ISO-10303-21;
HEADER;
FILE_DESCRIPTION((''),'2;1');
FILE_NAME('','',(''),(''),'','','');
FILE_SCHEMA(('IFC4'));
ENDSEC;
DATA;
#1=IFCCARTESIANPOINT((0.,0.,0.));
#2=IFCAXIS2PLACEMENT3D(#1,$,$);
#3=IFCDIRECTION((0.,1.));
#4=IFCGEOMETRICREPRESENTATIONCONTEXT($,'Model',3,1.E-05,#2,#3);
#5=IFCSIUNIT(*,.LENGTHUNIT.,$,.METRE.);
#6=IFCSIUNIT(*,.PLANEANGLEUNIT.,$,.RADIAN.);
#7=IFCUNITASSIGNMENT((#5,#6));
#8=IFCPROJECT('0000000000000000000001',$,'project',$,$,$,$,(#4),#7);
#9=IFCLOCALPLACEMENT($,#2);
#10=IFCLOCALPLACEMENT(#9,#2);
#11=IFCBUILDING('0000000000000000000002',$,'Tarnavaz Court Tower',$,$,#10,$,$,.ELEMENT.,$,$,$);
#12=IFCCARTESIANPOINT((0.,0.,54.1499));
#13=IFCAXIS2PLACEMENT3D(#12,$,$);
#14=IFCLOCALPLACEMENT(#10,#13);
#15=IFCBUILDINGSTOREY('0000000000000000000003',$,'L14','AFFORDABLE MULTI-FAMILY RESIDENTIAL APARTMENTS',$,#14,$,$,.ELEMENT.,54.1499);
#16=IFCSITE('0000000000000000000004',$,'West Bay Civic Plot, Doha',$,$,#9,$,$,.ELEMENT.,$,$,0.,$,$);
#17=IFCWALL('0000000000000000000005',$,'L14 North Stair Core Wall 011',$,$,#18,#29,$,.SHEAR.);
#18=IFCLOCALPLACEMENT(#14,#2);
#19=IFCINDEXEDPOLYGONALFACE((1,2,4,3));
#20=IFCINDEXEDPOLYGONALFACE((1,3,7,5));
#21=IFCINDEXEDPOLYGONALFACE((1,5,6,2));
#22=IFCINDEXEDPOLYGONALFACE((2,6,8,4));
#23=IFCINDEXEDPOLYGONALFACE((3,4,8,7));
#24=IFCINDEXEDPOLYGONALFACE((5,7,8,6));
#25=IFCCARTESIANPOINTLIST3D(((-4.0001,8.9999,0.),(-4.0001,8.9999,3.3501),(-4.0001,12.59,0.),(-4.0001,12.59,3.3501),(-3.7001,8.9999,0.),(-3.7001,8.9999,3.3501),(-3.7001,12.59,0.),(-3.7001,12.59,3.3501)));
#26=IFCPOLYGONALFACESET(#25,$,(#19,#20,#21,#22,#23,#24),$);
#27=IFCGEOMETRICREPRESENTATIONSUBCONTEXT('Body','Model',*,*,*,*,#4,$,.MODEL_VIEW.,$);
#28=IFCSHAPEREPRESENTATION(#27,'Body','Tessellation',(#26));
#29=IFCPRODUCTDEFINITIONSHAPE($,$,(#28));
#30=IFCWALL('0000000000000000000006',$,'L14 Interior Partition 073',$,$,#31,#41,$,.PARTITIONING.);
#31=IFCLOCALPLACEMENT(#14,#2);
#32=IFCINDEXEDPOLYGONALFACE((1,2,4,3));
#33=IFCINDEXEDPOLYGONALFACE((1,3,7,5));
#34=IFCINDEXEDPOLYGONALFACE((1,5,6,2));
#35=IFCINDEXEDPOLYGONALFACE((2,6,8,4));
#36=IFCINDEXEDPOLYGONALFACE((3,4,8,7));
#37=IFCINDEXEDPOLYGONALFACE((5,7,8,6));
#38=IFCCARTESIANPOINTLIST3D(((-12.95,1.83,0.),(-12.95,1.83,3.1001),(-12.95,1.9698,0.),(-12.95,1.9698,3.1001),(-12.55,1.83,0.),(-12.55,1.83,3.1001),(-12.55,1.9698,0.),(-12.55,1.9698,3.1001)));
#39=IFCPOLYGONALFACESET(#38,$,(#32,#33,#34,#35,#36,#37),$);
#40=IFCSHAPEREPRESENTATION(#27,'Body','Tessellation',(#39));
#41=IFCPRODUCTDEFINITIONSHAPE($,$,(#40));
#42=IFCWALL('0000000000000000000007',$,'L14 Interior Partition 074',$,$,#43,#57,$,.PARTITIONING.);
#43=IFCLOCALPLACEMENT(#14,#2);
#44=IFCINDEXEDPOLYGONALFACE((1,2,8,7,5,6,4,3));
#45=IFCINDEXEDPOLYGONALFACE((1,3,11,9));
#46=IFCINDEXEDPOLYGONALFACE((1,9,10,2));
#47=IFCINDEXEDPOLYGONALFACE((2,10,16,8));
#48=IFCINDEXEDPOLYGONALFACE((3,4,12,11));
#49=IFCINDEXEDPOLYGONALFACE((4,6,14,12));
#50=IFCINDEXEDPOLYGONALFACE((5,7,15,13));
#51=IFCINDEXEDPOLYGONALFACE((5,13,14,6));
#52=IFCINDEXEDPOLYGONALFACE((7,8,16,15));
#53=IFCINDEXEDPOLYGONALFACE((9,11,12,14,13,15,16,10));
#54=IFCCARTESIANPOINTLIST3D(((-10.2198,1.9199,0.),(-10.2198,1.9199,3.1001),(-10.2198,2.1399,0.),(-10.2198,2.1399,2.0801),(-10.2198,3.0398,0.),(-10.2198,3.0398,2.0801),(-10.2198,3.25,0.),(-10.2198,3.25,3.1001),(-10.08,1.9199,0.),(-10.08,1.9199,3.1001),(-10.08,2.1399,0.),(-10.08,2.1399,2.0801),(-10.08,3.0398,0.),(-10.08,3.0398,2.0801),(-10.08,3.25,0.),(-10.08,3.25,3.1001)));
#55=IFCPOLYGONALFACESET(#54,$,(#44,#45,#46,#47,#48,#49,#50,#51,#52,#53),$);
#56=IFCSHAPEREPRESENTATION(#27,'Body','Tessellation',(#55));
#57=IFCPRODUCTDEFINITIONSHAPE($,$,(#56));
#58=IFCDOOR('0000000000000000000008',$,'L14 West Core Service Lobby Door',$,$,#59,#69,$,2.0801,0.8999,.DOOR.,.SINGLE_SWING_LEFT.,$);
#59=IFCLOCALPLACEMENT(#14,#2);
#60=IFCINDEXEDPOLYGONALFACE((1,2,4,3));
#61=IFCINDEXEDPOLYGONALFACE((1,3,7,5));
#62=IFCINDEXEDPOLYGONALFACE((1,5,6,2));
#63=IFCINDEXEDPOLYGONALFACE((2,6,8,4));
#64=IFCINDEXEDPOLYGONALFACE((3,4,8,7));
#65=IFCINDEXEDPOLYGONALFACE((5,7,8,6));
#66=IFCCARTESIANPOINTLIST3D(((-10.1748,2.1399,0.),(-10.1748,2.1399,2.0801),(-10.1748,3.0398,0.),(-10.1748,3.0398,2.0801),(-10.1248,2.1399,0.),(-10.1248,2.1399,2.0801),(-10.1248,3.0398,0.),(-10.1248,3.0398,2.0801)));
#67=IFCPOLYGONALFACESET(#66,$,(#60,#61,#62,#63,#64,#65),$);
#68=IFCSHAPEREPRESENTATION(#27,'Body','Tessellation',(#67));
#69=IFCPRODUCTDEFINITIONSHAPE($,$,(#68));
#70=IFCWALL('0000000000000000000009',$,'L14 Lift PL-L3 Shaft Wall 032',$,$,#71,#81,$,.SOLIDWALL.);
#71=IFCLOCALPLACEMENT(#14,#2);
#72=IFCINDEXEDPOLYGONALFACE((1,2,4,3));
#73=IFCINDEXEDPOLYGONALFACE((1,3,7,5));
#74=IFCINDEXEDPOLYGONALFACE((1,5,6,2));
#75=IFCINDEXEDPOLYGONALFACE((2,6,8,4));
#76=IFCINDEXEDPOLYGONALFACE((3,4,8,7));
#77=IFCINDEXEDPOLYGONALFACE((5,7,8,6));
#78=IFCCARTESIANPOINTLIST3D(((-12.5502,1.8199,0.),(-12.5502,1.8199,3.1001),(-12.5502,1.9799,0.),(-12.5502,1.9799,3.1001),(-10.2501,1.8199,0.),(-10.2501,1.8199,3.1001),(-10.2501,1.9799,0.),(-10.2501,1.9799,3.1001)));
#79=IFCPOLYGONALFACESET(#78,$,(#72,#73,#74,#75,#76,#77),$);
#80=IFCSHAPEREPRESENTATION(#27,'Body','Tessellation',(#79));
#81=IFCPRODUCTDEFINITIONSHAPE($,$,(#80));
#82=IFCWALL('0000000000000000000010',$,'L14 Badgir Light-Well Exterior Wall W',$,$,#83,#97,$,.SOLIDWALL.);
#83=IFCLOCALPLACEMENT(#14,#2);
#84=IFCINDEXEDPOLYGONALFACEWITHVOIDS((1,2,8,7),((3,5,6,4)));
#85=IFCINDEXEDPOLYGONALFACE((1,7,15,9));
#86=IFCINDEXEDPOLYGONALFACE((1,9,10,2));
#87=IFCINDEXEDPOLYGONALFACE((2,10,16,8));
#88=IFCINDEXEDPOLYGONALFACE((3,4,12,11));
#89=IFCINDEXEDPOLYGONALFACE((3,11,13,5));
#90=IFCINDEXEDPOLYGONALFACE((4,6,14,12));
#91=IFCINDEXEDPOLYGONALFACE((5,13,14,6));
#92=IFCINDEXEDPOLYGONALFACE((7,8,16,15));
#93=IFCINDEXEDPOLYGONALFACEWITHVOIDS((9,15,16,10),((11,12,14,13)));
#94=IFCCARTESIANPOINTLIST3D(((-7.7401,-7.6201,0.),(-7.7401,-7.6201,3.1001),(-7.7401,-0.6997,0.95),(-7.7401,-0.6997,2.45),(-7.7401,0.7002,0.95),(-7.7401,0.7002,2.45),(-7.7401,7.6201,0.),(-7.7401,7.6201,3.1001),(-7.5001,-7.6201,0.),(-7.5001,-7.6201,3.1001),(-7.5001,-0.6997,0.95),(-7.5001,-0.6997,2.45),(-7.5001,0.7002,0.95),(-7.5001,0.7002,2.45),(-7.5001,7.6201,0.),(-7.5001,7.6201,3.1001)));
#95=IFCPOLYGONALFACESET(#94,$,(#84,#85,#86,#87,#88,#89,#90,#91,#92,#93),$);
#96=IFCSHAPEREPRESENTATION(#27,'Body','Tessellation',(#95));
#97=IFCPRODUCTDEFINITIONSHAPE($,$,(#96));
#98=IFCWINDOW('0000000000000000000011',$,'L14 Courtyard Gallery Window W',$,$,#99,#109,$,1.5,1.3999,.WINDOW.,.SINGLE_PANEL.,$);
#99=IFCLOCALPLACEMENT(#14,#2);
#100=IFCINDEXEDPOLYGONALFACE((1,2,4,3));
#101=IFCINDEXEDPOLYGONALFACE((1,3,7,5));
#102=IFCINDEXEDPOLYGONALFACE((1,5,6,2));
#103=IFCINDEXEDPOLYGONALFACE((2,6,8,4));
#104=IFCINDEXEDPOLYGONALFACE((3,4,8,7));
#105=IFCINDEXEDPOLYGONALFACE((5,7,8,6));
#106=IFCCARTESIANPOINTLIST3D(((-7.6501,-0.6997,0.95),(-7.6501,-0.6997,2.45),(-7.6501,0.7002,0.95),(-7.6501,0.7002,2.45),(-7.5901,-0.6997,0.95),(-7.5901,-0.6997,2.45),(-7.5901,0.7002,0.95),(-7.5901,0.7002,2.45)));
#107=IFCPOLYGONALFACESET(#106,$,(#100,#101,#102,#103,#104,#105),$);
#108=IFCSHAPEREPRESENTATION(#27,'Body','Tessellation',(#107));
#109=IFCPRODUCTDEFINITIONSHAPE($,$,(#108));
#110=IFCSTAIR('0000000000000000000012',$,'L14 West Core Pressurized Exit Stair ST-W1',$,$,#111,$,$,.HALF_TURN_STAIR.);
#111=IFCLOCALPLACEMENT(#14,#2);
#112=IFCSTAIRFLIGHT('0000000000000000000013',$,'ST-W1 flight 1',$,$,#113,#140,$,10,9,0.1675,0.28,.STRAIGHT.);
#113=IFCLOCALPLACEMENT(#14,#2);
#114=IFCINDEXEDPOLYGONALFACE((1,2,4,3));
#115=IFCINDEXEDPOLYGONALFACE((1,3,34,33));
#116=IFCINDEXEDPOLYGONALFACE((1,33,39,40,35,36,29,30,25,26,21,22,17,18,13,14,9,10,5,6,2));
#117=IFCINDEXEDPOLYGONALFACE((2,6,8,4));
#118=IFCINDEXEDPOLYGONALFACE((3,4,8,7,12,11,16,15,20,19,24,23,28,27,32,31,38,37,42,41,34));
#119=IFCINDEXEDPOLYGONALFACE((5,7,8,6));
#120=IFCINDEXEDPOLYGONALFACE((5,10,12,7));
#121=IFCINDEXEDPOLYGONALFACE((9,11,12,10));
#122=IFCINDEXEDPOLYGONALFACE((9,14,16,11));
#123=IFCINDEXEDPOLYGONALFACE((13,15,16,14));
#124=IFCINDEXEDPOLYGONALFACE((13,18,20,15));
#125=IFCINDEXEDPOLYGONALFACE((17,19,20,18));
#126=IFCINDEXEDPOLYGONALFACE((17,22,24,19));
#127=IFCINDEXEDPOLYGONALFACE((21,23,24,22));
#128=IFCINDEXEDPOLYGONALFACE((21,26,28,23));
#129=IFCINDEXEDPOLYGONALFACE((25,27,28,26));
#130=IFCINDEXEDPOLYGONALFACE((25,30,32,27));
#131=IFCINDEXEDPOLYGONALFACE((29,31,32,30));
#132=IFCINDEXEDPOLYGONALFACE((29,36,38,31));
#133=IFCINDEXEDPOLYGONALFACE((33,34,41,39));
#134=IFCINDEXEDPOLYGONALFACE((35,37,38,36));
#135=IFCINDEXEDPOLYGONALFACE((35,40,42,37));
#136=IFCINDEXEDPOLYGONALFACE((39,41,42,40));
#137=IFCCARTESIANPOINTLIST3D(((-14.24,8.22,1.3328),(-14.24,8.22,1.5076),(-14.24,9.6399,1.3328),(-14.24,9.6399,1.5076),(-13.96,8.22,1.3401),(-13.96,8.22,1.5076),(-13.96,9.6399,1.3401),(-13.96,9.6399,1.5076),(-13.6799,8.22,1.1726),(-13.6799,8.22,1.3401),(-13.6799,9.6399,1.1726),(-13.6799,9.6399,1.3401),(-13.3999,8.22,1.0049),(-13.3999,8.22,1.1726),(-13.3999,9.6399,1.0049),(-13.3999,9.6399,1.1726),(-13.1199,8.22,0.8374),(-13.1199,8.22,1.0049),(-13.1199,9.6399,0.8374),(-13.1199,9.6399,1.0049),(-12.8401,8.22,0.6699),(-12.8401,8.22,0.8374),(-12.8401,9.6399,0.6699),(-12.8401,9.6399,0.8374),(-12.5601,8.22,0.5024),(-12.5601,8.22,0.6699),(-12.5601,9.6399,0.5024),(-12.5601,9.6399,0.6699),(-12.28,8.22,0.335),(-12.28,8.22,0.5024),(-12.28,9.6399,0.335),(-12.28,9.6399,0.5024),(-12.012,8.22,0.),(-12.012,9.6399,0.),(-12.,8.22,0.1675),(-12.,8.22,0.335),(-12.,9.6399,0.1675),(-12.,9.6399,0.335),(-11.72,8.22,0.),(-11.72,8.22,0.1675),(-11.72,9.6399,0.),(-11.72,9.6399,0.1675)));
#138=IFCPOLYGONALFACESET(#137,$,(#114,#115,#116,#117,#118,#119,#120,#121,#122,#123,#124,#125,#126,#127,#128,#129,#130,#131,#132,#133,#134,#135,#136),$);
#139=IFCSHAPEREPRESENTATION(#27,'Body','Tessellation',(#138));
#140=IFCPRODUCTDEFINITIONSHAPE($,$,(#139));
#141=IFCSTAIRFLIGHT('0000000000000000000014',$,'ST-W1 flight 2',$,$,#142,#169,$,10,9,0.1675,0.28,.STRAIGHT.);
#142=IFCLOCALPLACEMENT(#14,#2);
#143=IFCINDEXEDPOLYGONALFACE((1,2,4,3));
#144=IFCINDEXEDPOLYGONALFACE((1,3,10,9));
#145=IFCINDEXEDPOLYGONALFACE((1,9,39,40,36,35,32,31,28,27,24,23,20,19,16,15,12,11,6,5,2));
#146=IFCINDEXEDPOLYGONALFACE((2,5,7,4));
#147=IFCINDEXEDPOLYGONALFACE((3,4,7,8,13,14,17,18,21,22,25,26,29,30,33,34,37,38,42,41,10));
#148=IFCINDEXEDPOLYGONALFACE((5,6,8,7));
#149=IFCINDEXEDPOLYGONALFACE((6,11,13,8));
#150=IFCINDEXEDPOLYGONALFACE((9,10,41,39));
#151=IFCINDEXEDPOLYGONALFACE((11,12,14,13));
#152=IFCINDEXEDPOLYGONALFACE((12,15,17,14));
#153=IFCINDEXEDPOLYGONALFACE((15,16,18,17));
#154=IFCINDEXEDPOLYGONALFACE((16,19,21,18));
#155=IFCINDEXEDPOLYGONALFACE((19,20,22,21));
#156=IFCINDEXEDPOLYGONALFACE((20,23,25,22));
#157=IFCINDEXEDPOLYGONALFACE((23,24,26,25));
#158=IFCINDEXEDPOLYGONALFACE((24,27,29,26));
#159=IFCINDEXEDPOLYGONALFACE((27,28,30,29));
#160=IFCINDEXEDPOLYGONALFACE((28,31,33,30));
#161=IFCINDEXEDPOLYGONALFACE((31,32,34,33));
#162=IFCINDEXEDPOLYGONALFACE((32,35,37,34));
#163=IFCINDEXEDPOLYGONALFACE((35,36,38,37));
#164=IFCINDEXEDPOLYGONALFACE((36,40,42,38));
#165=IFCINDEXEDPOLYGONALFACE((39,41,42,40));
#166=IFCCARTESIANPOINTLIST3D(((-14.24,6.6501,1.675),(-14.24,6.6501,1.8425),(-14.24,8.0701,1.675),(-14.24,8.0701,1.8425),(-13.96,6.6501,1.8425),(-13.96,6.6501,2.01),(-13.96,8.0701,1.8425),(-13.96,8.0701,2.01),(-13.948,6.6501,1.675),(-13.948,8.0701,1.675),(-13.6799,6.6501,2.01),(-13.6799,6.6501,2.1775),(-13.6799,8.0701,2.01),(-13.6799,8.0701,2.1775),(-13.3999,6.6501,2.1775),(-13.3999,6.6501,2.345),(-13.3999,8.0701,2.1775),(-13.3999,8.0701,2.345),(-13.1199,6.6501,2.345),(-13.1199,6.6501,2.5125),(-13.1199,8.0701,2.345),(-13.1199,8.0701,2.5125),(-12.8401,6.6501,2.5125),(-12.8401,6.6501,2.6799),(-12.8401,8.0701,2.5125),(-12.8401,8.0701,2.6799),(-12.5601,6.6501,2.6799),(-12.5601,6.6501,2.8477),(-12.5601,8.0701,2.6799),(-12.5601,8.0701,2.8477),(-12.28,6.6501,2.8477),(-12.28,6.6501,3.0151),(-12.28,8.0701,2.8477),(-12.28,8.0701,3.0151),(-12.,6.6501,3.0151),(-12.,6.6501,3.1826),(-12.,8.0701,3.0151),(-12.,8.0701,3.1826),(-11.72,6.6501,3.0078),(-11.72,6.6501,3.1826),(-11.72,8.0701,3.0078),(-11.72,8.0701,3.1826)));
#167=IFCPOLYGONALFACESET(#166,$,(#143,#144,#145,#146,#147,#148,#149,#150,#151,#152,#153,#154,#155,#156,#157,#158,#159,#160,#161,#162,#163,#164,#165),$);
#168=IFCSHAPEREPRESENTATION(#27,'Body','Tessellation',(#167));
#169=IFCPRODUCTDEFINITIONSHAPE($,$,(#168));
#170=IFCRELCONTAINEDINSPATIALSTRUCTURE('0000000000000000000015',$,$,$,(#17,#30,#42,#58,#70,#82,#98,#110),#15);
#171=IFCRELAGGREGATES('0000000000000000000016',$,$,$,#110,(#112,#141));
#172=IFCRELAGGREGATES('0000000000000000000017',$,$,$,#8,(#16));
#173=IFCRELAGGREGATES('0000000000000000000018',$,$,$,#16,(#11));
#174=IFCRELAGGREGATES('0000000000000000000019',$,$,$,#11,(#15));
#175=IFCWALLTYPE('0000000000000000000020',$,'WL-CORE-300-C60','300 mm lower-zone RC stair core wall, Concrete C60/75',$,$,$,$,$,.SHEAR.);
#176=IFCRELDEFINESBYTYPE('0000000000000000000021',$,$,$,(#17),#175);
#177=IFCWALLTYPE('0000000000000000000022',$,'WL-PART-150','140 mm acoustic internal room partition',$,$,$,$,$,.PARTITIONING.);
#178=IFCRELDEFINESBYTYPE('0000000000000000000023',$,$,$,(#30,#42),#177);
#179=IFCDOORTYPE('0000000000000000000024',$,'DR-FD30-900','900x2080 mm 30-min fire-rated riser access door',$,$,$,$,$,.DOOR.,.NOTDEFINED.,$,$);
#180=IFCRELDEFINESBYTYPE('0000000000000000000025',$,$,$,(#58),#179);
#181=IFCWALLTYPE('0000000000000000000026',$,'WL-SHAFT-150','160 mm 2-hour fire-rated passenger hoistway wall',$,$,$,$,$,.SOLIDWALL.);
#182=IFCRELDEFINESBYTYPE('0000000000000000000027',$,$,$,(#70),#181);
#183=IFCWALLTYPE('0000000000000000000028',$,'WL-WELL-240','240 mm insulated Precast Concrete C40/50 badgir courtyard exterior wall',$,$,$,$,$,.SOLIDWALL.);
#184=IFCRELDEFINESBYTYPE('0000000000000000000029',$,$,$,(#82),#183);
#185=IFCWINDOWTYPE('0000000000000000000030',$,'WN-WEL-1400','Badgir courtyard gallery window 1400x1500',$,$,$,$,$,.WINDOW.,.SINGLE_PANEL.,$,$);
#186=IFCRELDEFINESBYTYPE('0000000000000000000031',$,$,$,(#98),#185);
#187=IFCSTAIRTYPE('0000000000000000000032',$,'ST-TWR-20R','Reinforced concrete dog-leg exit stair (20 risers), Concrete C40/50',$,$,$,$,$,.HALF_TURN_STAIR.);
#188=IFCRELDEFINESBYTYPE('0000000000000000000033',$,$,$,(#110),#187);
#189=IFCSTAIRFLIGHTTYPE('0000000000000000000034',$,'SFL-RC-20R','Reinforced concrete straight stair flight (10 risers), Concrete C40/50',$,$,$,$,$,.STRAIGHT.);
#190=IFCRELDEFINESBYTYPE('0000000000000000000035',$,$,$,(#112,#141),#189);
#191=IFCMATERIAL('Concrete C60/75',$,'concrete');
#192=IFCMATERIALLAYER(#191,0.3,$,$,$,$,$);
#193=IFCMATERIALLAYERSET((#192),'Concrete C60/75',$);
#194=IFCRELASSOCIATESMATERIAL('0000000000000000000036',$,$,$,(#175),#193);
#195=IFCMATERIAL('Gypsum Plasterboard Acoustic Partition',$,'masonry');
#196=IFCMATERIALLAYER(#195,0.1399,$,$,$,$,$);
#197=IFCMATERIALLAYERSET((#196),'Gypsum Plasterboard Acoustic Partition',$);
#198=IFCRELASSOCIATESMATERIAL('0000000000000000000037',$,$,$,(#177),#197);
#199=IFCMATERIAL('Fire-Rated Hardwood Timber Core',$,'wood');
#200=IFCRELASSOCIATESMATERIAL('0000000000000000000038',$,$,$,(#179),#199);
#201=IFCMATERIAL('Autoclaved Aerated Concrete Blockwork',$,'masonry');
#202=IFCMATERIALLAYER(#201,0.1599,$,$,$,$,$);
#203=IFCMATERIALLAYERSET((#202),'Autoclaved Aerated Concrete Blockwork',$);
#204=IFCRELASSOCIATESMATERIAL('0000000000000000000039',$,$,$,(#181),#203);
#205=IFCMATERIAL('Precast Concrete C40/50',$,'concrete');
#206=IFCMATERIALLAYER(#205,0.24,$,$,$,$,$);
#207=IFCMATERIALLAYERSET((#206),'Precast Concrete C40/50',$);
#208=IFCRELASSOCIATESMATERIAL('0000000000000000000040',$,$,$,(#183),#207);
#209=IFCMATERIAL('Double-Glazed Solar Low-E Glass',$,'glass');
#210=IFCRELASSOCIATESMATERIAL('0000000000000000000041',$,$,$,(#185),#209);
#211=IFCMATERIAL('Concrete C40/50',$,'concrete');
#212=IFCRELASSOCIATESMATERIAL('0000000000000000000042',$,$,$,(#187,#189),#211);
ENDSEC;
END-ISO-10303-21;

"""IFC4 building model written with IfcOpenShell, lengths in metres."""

from ifc_helpers import new_model, si_unit, direction, frame, frame_2d, origin, place, context, subcontext, project, spatial, polyline, rectangle, outline, extrude, material, layer, layer_set, type_object, element, fill, aggregate, save


model = new_model("IFC4")

# Units and contexts
model_context = context("Model", 3, precision=1e-05, world=origin(), true_north=direction((0.0, 1.0)))
body_context = subcontext(model_context, "Body", "Model", "MODEL_VIEW")
ifc_project = project(units=[si_unit("LENGTHUNIT", "METRE"), si_unit("PLANEANGLEUNIT", "RADIAN")], contexts=[model_context])

# Site, building, storey
site_placement = place(None, origin())
site = spatial("IfcSite", under=ifc_project, at=site_placement, Name="West Bay Civic Plot, Doha", CompositionType="ELEMENT", RefElevation=0.0)
building_placement = place(site_placement, origin())
building = spatial("IfcBuilding", under=site, at=building_placement, Name="Tarnavaz Court Tower", CompositionType="ELEMENT")
storey_placement = place(building_placement, frame((0.0, 0.0, 54.1499)))
storey = spatial("IfcBuildingStorey", under=building, at=storey_placement, Name="L14", Description="AFFORDABLE MULTI-FAMILY RESIDENTIAL APARTMENTS", CompositionType="ELEMENT", Elevation=54.1499)

# Shared definitions
ifc_material_1 = material(Name="Concrete C60/75", Category="concrete")

# Shared definitions
ifc_layer_1 = layer(ifc_material_1, 0.3)
ifc_layer_set_1 = layer_set([ifc_layer_1], Name="Concrete C60/75")
wall_type_1 = type_object("IfcWallType", Name="WL-CORE-300-C60", Description="300 mm lower-zone RC stair core wall, Concrete C60/75", PredefinedType="SHEAR", material=ifc_layer_set_1)

# Shared definitions
ifc_material_2 = material(Name="Fire-Rated Hardwood Timber Core", Category="wood")

# Wall
wall_1_placement = place(storey_placement, frame((-3.8501, 9.0, 0.0), z_axis=(0.0, 0.0, 1.0), x_axis=(0.0, 1.0, 0.0)))
element("IfcWall", 1, at=wall_1_placement, inside=storey, type_object=wall_type_1, Name="L14 North Stair Core Wall 011", PredefinedType="SHEAR", context=body_context, shape_type="SweptSolid", body=[
    extrude(rectangle(XDim=3.5901, YDim=0.3, at=frame_2d((1.7949, 0.0))), origin(), (0.0, 0.0, 1.0), 3.3501),
])

# Shared definitions
ifc_material_3 = material(Name="Autoclaved Aerated Concrete Blockwork", Category="masonry")

# Wall
ifc_material_4 = material(Name="Gypsum Plasterboard Acoustic Partition", Category="masonry")
ifc_layer_2 = layer(ifc_material_4, 0.1399)
ifc_layer_set_2 = layer_set([ifc_layer_2], Name="Gypsum Plasterboard Acoustic Partition")
wall_type_2 = type_object("IfcWallType", Name="WL-PART-150", Description="140 mm acoustic internal room partition", PredefinedType="PARTITIONING", material=ifc_layer_set_2)
wall_2_placement = place(storey_placement, frame((-12.95, 1.8999, 0.0), z_axis=(0.0, 0.0, 1.0), x_axis=(1.0, 0.0, 0.0)))
element("IfcWall", 2, at=wall_2_placement, inside=storey, type_object=wall_type_2, Name="L14 Interior Partition 073", PredefinedType="PARTITIONING", context=body_context, shape_type="SweptSolid", body=[
    extrude(rectangle(XDim=0.3999, YDim=0.1399, at=frame_2d((0.2, 0.0))), origin(), (0.0, 0.0, 1.0), 3.1001),
])

# Wall, opening, door
wall_3_placement = place(storey_placement, frame((-10.1499, 1.9199, 0.0), z_axis=(0.0, 0.0, 1.0), x_axis=(0.0, 1.0, 0.0)))
wall_3 = element("IfcWall", 3, at=wall_3_placement, inside=storey, type_object=wall_type_2, Name="L14 Interior Partition 074", PredefinedType="PARTITIONING", context=body_context, shape_type="SweptSolid", body=[
    extrude(rectangle(XDim=1.3301, YDim=0.1399, at=frame_2d((0.665, 0.0))), origin(), (0.0, 0.0, 1.0), 3.1001),
])
opening_1_placement = place(wall_3_placement, frame((0.22, 0.0, 0.0)))
opening_1 = element("IfcOpeningElement", 4, at=opening_1_placement, cuts=wall_3, PredefinedType="OPENING", context=body_context, shape_type="SweptSolid", body=[
    extrude(rectangle(XDim=0.8999, YDim=2.0801, at=frame_2d((0.45, 1.04))), frame((0.0, 0.0798, 0.0), z_axis=(0.0, -1.0, 0.0), x_axis=(1.0, 0.0, 0.0)), (0.0, 0.0, 1.0), 0.1599),
])
door_type_1 = type_object("IfcDoorType", Name="DR-FD30-900", Description="900x2080 mm 30-min fire-rated riser access door", OperationType="NOTDEFINED", PredefinedType="DOOR", material=ifc_material_2)
door_1_placement = place(opening_1_placement, origin())
door_1 = element("IfcDoor", 5, at=door_1_placement, inside=storey, type_object=door_type_1, Name="L14 West Core Service Lobby Door", OperationType="SINGLE_SWING_LEFT", OverallHeight=2.0801, OverallWidth=0.8999, PredefinedType="DOOR", context=body_context, shape_type="SweptSolid", body=[
    extrude(rectangle(XDim=0.8999, YDim=2.0801, at=frame_2d((0.45, 1.04))), frame((0.0, 0.0249, 0.0), z_axis=(0.0, -1.0, 0.0), x_axis=(1.0, 0.0, 0.0)), (0.0, 0.0, 1.0), 0.05),
])
fill(opening_1, door_1)

# Wall
ifc_layer_3 = layer(ifc_material_3, 0.1599)
ifc_layer_set_3 = layer_set([ifc_layer_3], Name="Autoclaved Aerated Concrete Blockwork")
wall_type_3 = type_object("IfcWallType", Name="WL-SHAFT-150", Description="160 mm 2-hour fire-rated passenger hoistway wall", PredefinedType="SOLIDWALL", material=ifc_layer_set_3)
wall_4_placement = place(storey_placement, frame((-12.55, 1.8999, 0.0), z_axis=(0.0, 0.0, 1.0), x_axis=(1.0, 0.0, 0.0)))
element("IfcWall", 6, at=wall_4_placement, inside=storey, type_object=wall_type_3, Name="L14 Lift PL-L3 Shaft Wall 032", PredefinedType="SOLIDWALL", context=body_context, shape_type="SweptSolid", body=[
    extrude(rectangle(XDim=2.3, YDim=0.1599, at=frame_2d((1.1499, 0.0))), origin(), (0.0, 0.0, 1.0), 3.1001),
])

# Wall, opening, window
ifc_material_5 = material(Name="Precast Concrete C40/50", Category="concrete")
ifc_layer_4 = layer(ifc_material_5, 0.24)
ifc_layer_set_4 = layer_set([ifc_layer_4], Name="Precast Concrete C40/50")
wall_type_4 = type_object("IfcWallType", Name="WL-WELL-240", Description="240 mm insulated Precast Concrete C40/50 badgir courtyard exterior wall", PredefinedType="SOLIDWALL", material=ifc_layer_set_4)
wall_5_placement = place(storey_placement, frame((-7.6201, 7.6201, 0.0), z_axis=(0.0, 0.0, 1.0), x_axis=(0.0, -1.0, 0.0)))
wall_5 = element("IfcWall", 7, at=wall_5_placement, inside=storey, type_object=wall_type_4, Name="L14 Badgir Light-Well Exterior Wall W", PredefinedType="SOLIDWALL", context=body_context, shape_type="SweptSolid", body=[
    extrude(rectangle(XDim=15.2402, YDim=0.24, at=frame_2d((7.6201, 0.0))), origin(), (0.0, 0.0, 1.0), 3.1001),
])
opening_2_placement = place(wall_5_placement, frame((6.9199, 0.0, 0.95)))
opening_2 = element("IfcOpeningElement", 8, at=opening_2_placement, cuts=wall_5, PredefinedType="OPENING", context=body_context, shape_type="SweptSolid", body=[
    extrude(rectangle(XDim=1.3999, YDim=1.5, at=frame_2d((0.7, 0.75))), frame((0.0, 0.1299, 0.0), z_axis=(0.0, -1.0, 0.0), x_axis=(1.0, 0.0, 0.0)), (0.0, 0.0, 1.0), 0.26),
])
ifc_material_6 = material(Name="Double-Glazed Solar Low-E Glass", Category="glass")
window_type = type_object("IfcWindowType", Name="WN-WEL-1400", Description="Badgir courtyard gallery window 1400x1500", PartitioningType="SINGLE_PANEL", PredefinedType="WINDOW", material=ifc_material_6)
window_placement = place(opening_2_placement, origin())
window = element("IfcWindow", 9, at=window_placement, inside=storey, type_object=window_type, Name="L14 Courtyard Gallery Window W", OverallHeight=1.5, OverallWidth=1.3999, PartitioningType="SINGLE_PANEL", PredefinedType="WINDOW", context=body_context, shape_type="SweptSolid", body=[
    extrude(rectangle(XDim=1.3999, YDim=1.5, at=frame_2d((0.7, 0.75))), frame((0.0, 0.03, 0.0), z_axis=(0.0, -1.0, 0.0), x_axis=(1.0, 0.0, 0.0)), (0.0, 0.0, 1.0), 0.0601),
])
fill(opening_2, window)

# Stair, stair flights
ifc_material_7 = material(Name="Concrete C40/50", Category="concrete")
stair_type = type_object("IfcStairType", Name="ST-TWR-20R", Description="Reinforced concrete dog-leg exit stair (20 risers), Concrete C40/50", PredefinedType="HALF_TURN_STAIR", material=ifc_material_7)
stair_1_placement = place(storey_placement, origin())
stair_1 = element("IfcStair", 10, at=stair_1_placement, inside=storey, type_object=stair_type, Name="L14 West Core Pressurized Exit Stair ST-W1", PredefinedType="HALF_TURN_STAIR")
stair_flight_type = type_object("IfcStairFlightType", Name="SFL-RC-20R", Description="Reinforced concrete straight stair flight (10 risers), Concrete C40/50", PredefinedType="STRAIGHT", material=ifc_material_7)
stair_flight_1_placement = place(storey_placement, frame((-11.72, 8.9299, 0.0), z_axis=(0.0, 0.0, 1.0), x_axis=(-1.0, 0.0, 0.0)))
stair_flight_1 = element("IfcStairFlight", 11, at=stair_flight_1_placement, type_object=stair_flight_type, Name="ST-W1 flight 1", NumberOfRisers=10, NumberOfTreads=9, PredefinedType="STRAIGHT", RiserHeight=0.1675, TreadLength=0.28, context=body_context, shape_type="SweptSolid", body=[
    extrude(outline(polyline([(0.0, 0.0), (0.0, 0.1675), (0.28, 0.1675), (0.28, 0.335), (0.5601, 0.335), (0.5601, 0.5024), (0.8401, 0.5024), (0.8401, 0.6699), (1.1201, 0.6699), (1.1201, 0.8374), (1.3999, 0.8374), (1.3999, 1.0049), (1.6799, 1.0049), (1.6799, 1.1726), (1.96, 1.1726), (1.96, 1.3401), (2.24, 1.3401), (2.24, 1.5076), (2.52, 1.5076), (2.52, 1.675), (2.52, 1.3328), (0.292, 0.0), (0.0, 0.0)])), frame((0.0, 0.71, 0.0), z_axis=(0.0, -1.0, 0.0), x_axis=(1.0, 0.0, 0.0)), (0.0, 0.0, 1.0), 1.4199),
])
stair_flight_2_placement = place(storey_placement, frame((-14.24, 7.3601, 1.675), z_axis=(0.0, 0.0, 1.0), x_axis=(1.0, 0.0, 0.0)))
stair_flight_2 = element("IfcStairFlight", 12, at=stair_flight_2_placement, type_object=stair_flight_type, Name="ST-W1 flight 2", NumberOfRisers=10, NumberOfTreads=9, PredefinedType="STRAIGHT", RiserHeight=0.1675, TreadLength=0.28, context=body_context, shape_type="SweptSolid", body=[
    extrude(outline(polyline([(0.0, 0.0), (0.0, 0.1675), (0.28, 0.1675), (0.28, 0.335), (0.5601, 0.335), (0.5601, 0.5024), (0.8401, 0.5024), (0.8401, 0.6699), (1.1201, 0.6699), (1.1201, 0.8374), (1.3999, 0.8374), (1.3999, 1.0049), (1.6799, 1.0049), (1.6799, 1.1726), (1.96, 1.1726), (1.96, 1.3401), (2.24, 1.3401), (2.24, 1.5076), (2.52, 1.5076), (2.52, 1.675), (2.52, 1.3328), (0.292, 0.0), (0.0, 0.0)])), frame((0.0, 0.71, 0.0), z_axis=(0.0, -1.0, 0.0), x_axis=(1.0, 0.0, 0.0)), (0.0, 0.0, 1.0), 1.4199),
])
aggregate(stair_1, [stair_flight_1, stair_flight_2])

save(model, "model.ifc")
